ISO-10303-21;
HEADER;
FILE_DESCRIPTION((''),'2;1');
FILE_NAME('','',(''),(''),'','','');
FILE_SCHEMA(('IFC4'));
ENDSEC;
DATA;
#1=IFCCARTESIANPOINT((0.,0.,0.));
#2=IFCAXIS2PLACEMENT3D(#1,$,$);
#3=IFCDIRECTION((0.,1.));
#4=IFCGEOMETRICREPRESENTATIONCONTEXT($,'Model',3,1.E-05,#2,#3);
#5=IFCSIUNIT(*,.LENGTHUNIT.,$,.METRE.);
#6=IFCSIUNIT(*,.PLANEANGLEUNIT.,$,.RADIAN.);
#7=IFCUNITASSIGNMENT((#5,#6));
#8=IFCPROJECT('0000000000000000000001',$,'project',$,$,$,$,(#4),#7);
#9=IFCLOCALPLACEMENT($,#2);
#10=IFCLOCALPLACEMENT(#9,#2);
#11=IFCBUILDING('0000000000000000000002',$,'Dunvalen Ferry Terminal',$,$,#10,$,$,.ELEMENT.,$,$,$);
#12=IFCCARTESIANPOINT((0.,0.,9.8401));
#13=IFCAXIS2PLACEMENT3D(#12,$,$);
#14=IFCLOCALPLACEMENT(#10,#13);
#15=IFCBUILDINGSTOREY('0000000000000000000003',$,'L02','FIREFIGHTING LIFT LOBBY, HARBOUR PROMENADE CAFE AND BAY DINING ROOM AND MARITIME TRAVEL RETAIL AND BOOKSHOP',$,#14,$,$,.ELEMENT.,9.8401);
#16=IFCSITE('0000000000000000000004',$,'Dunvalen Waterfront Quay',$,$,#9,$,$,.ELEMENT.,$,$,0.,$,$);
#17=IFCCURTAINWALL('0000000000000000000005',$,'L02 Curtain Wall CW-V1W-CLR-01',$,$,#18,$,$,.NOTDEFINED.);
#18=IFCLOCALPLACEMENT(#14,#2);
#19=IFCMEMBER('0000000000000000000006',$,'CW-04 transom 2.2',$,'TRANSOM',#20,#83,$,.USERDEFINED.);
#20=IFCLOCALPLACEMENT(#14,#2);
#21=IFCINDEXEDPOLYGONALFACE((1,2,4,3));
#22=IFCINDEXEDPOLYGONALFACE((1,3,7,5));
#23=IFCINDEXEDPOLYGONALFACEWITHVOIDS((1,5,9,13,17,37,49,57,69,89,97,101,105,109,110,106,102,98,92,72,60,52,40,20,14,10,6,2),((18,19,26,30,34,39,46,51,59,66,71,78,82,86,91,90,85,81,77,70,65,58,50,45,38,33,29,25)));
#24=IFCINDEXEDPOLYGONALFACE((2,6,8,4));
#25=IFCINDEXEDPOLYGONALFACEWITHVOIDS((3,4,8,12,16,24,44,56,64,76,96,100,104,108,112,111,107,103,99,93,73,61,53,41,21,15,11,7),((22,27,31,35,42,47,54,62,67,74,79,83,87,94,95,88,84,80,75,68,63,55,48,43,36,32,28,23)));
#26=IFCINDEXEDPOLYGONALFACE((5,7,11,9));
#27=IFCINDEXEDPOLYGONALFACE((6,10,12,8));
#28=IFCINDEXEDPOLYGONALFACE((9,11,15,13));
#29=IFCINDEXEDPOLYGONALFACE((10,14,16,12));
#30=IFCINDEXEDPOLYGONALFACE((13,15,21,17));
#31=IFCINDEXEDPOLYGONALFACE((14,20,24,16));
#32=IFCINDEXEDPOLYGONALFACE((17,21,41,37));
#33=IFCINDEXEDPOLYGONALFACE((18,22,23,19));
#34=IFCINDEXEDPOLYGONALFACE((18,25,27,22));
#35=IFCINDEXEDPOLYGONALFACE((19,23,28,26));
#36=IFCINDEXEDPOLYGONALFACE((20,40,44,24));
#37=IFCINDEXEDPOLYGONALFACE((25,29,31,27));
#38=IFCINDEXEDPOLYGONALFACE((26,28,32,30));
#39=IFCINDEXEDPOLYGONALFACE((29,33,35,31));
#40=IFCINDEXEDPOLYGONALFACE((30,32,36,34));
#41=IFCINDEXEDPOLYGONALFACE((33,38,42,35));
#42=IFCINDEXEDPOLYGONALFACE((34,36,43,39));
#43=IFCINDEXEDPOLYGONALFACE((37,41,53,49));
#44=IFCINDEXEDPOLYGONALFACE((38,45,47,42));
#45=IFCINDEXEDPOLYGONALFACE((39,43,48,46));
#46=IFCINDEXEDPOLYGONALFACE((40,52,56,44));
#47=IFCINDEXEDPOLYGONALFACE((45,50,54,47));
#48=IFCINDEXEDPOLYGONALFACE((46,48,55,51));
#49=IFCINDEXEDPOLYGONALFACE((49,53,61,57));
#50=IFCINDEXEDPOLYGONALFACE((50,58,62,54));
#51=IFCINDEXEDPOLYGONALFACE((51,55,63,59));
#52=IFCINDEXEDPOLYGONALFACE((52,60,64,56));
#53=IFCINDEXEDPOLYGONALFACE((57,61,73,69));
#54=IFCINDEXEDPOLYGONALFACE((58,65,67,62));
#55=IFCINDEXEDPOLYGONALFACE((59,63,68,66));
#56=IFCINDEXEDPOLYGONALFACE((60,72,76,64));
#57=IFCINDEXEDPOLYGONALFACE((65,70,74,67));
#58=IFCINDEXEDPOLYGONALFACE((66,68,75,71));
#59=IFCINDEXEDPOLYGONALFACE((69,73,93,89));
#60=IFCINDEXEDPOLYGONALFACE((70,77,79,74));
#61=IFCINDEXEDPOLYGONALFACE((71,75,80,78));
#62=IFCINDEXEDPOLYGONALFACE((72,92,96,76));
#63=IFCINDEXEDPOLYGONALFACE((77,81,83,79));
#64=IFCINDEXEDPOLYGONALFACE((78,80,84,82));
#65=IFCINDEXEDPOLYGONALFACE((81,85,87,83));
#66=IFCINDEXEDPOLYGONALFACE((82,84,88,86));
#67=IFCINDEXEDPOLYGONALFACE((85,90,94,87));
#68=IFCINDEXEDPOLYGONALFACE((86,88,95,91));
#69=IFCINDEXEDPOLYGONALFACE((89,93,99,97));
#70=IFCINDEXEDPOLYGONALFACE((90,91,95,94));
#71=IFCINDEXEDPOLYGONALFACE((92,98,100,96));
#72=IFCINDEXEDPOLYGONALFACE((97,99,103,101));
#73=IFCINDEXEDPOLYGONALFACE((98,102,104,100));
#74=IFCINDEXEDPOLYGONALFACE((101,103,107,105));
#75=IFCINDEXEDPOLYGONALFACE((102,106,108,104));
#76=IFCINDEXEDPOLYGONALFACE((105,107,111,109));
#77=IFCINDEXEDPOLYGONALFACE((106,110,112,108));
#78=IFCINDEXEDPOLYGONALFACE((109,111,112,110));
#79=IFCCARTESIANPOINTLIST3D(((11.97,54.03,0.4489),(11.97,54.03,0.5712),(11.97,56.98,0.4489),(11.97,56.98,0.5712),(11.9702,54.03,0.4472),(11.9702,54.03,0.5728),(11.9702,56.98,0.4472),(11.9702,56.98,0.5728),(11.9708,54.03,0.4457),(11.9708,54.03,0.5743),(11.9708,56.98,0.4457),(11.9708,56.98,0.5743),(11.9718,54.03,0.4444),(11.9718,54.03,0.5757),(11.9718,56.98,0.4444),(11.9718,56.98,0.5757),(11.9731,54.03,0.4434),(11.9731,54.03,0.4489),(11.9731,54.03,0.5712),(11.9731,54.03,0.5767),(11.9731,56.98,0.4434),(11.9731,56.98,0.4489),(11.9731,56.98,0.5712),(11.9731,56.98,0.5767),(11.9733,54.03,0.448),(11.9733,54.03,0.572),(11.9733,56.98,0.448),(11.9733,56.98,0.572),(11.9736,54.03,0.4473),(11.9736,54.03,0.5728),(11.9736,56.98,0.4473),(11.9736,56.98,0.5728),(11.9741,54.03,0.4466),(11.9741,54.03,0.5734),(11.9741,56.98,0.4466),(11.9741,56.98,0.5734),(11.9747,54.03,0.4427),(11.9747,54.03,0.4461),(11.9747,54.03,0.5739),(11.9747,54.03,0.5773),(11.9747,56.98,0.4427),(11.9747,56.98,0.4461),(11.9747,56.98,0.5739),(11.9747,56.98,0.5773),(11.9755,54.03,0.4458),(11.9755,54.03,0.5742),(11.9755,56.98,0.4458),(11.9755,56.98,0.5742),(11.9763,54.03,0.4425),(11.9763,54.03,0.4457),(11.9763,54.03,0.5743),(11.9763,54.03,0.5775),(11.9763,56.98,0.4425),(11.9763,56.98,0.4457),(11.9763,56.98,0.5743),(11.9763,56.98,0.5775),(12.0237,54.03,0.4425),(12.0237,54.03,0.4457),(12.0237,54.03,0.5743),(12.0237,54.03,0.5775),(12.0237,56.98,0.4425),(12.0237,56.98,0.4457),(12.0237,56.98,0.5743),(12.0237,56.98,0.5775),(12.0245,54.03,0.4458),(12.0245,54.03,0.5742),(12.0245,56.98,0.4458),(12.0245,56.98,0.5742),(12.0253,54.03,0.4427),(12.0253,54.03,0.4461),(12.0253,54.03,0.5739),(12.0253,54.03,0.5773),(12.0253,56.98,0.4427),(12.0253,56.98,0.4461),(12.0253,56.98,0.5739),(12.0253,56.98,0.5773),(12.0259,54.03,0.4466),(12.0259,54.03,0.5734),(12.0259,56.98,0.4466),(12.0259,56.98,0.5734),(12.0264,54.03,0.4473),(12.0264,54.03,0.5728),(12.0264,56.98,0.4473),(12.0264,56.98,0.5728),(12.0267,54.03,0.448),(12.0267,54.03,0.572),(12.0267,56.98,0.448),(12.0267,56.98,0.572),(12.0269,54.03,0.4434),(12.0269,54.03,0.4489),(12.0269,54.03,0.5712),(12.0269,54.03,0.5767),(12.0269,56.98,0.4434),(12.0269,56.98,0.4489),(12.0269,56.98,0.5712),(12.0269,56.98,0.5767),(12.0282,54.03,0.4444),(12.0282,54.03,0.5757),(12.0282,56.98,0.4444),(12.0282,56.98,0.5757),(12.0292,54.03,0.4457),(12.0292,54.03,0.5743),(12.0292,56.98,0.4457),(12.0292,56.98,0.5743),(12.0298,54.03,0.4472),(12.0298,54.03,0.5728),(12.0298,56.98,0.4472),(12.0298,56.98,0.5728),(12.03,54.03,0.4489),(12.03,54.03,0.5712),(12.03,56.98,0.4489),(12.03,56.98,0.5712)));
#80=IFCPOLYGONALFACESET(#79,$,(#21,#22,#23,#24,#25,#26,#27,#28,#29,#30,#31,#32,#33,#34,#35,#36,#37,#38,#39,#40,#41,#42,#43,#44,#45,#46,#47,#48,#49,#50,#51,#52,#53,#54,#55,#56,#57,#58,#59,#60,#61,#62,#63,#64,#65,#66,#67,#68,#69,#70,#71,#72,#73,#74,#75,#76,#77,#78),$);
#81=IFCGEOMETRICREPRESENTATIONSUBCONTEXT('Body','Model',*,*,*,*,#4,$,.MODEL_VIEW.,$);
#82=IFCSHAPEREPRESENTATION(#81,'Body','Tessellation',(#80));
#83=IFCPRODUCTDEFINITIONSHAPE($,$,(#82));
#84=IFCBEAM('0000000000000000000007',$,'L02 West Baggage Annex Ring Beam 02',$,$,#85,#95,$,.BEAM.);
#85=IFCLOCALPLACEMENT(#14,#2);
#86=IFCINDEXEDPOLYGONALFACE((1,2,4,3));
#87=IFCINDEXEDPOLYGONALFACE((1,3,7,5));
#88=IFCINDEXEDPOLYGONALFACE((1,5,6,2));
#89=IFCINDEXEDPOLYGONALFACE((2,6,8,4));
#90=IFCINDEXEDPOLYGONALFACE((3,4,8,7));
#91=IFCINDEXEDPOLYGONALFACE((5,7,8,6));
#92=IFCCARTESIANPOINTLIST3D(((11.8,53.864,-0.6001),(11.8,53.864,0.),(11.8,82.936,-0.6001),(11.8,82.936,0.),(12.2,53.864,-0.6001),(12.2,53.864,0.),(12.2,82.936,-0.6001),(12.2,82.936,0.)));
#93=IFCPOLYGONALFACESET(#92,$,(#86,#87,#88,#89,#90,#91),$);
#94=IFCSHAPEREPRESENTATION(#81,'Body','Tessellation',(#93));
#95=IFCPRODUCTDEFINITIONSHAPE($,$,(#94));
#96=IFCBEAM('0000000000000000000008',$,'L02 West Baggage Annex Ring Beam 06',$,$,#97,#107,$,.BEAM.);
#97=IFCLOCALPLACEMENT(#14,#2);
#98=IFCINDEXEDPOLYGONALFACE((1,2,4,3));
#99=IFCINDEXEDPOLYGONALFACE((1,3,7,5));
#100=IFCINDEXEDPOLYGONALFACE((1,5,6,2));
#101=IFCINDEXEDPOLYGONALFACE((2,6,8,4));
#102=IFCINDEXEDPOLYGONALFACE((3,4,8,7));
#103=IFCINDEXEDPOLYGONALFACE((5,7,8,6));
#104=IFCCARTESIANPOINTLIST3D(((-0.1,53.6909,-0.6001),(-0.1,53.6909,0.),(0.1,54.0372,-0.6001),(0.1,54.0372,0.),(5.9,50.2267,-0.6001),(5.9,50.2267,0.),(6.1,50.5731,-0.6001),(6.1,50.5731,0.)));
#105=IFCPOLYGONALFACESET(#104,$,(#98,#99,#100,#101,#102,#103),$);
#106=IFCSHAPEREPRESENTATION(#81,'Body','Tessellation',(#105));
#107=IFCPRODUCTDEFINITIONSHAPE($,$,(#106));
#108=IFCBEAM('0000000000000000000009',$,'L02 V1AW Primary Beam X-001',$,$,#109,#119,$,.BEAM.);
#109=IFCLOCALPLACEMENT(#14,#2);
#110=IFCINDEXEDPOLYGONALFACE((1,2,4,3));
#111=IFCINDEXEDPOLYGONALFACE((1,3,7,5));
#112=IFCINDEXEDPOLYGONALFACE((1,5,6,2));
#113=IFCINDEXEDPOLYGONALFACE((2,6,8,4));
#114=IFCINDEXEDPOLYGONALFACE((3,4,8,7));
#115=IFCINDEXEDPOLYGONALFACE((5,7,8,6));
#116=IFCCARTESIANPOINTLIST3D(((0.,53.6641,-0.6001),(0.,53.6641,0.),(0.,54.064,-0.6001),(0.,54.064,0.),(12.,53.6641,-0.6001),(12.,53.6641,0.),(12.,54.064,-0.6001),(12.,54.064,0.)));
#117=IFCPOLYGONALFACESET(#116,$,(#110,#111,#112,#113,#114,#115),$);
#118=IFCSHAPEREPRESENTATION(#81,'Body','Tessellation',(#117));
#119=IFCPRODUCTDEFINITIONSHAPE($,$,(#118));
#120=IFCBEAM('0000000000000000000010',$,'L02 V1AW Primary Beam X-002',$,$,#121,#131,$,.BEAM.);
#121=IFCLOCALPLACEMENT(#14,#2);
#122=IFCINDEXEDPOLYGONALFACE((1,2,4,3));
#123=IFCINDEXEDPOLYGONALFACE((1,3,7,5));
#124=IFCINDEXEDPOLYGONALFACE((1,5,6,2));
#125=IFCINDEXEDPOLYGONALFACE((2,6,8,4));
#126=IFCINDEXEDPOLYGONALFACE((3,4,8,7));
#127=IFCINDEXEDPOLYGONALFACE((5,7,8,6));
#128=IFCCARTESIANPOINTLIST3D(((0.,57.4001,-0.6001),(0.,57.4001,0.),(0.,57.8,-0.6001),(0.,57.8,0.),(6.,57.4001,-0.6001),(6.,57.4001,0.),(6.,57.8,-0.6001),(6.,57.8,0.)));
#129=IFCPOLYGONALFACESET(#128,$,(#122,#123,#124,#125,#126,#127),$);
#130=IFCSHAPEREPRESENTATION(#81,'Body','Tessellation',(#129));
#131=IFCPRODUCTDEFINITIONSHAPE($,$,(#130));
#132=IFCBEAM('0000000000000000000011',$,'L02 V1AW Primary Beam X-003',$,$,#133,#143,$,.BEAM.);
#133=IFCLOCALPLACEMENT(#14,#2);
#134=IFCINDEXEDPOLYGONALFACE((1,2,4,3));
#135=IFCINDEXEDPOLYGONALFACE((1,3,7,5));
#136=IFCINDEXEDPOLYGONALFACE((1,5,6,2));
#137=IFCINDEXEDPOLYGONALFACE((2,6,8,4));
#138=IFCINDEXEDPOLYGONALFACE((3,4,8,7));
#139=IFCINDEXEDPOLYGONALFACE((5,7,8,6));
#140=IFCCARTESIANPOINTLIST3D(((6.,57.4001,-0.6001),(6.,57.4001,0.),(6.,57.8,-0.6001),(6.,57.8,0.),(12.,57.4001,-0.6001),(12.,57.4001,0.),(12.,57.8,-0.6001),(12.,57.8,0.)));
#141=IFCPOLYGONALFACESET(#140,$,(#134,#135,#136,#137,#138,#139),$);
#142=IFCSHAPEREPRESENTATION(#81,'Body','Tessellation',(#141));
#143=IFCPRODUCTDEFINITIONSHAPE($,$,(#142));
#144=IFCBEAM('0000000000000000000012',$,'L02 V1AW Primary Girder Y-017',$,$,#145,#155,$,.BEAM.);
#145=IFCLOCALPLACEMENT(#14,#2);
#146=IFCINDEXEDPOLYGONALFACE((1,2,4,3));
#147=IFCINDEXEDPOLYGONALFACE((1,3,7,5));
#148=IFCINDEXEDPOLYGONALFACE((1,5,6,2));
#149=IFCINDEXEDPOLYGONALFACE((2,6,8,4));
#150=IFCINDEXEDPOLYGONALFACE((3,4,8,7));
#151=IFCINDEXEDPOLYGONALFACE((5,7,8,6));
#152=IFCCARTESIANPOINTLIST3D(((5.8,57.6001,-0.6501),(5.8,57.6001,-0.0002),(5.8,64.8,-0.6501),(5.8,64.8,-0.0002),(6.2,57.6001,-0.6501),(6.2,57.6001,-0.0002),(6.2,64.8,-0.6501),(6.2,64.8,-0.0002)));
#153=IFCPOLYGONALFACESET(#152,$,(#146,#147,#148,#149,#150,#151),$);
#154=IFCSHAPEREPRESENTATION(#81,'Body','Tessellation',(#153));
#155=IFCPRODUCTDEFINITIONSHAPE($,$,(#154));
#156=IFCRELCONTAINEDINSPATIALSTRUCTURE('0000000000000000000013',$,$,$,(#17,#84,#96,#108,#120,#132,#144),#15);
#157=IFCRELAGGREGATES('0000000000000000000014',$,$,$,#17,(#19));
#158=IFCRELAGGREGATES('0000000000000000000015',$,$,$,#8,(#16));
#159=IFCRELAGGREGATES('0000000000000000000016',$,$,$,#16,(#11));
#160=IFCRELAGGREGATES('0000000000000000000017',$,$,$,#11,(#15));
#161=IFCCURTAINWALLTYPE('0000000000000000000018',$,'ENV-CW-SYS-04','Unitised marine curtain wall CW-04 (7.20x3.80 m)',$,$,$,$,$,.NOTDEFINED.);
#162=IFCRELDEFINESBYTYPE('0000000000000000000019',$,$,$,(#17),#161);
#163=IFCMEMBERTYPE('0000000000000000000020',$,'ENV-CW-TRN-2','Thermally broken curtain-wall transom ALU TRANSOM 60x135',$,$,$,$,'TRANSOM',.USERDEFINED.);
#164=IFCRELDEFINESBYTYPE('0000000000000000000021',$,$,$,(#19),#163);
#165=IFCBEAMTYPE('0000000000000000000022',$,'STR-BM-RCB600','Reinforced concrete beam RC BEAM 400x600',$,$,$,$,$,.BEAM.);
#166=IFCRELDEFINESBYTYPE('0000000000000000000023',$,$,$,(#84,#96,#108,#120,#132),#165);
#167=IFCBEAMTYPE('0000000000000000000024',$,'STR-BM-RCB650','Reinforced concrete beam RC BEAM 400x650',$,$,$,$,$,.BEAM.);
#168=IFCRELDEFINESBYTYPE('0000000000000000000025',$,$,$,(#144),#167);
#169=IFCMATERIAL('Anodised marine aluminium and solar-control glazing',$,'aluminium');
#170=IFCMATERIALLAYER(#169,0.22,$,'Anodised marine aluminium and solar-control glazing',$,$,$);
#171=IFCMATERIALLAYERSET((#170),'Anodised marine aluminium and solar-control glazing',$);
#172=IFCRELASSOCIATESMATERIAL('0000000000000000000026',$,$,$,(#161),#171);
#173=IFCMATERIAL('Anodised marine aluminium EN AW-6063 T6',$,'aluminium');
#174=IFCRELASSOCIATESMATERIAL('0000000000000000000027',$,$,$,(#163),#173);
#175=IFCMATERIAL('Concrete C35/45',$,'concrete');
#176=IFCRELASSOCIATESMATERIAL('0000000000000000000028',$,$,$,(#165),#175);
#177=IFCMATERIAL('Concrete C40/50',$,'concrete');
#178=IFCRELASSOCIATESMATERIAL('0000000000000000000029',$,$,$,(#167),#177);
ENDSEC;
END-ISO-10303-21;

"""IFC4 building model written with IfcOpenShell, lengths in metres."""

from ifc_helpers import new_model, si_unit, direction, frame, origin, origin_2d, place, context, subcontext, project, spatial, rectangle, hollow_rectangle, extrude, material, layer, layer_set, material_profile, profile_set, type_object, element, aggregate, save


model = new_model("IFC4")

# Units and contexts
model_context = context("Model", 3, precision=1e-05, world=origin(), true_north=direction((0.0, 1.0)))
body_context = subcontext(model_context, "Body", "Model", "MODEL_VIEW")
ifc_project = project(units=[si_unit("LENGTHUNIT", "METRE"), si_unit("PLANEANGLEUNIT", "RADIAN")], contexts=[model_context])

# Site, building, storey
site_placement = place(None, origin())
site = spatial("IfcSite", under=ifc_project, at=site_placement, Name="Dunvalen Waterfront Quay", CompositionType="ELEMENT", RefElevation=0.0)
building_placement = place(site_placement, origin())
building = spatial("IfcBuilding", under=site, at=building_placement, Name="Dunvalen Ferry Terminal", CompositionType="ELEMENT")
storey_placement = place(building_placement, frame((0.0, 0.0, 9.8401)))
storey = spatial("IfcBuildingStorey", under=building, at=storey_placement, Name="L02", Description="FIREFIGHTING LIFT LOBBY, HARBOUR PROMENADE CAFE AND BAY DINING ROOM AND MARITIME TRAVEL RETAIL AND BOOKSHOP", CompositionType="ELEMENT", Elevation=9.8401)

# Curtain wall, member
ifc_material_1 = material(Name="Anodised marine aluminium and solar-control glazing", Category="aluminium")
ifc_layer_1 = layer(ifc_material_1, 0.22, Name="Anodised marine aluminium and solar-control glazing")
ifc_layer_set_1 = layer_set([ifc_layer_1], Name="Anodised marine aluminium and solar-control glazing")
curtain_wall_type = type_object("IfcCurtainWallType", Name="ENV-CW-SYS-04", Description="Unitised marine curtain wall CW-04 (7.20x3.80 m)", PredefinedType="NOTDEFINED", material=ifc_layer_set_1)
curtain_wall_placement = place(storey_placement, origin())
curtain_wall = element("IfcCurtainWall", 1, at=curtain_wall_placement, inside=storey, type_object=curtain_wall_type, Name="L02 Curtain Wall CW-V1W-CLR-01", PredefinedType="NOTDEFINED")
ifc_material_2 = material(Name="Anodised marine aluminium EN AW-6063 T6", Category="aluminium")
ifc_material_profile_1 = material_profile(ifc_material_2, hollow_rectangle(XDim=0.0601, YDim=0.135, WallThickness=0.0032, InnerFilletRadius=0.0032, OuterFilletRadius=0.0063, at=origin_2d()), Name="Anodised marine aluminium EN AW-6063 T6")
ifc_profile_set_1 = profile_set([ifc_material_profile_1], Name="Anodised marine aluminium EN AW-6063 T6")
member_type_1 = type_object("IfcMemberType", Name="ENV-CW-TRN-2", Description="Thermally broken curtain-wall transom ALU TRANSOM 60x135", ElementType="TRANSOM", PredefinedType="USERDEFINED", material=ifc_profile_set_1)
member_1_placement = place(storey_placement, frame((12.0, 54.03, 0.51), z_axis=(0.0, 1.0, 0.0), x_axis=(-1.0, 0.0, 0.0)))
member_1 = element("IfcMember", 2, at=member_1_placement, type_object=member_type_1, Name="CW-04 transom 2.2", ObjectType="TRANSOM", PredefinedType="USERDEFINED", context=body_context, shape_type="SweptSolid", body=[
    extrude(hollow_rectangle(XDim=0.0601, YDim=0.135, WallThickness=0.0032, InnerFilletRadius=0.0032, OuterFilletRadius=0.0063, at=origin_2d()), origin(), (0.0, 0.0, 1.0), 2.95),
])

# Beams
ifc_material_3 = material(Name="Concrete C35/45", Category="concrete")
ifc_material_profile_2 = material_profile(ifc_material_3, rectangle(XDim=0.3999, YDim=0.6001, at=origin_2d()), Name="Concrete C35/45")
ifc_profile_set_2 = profile_set([ifc_material_profile_2], Name="Concrete C35/45")
beam_type_1 = type_object("IfcBeamType", Name="STR-BM-RCB600", Description="Reinforced concrete beam RC BEAM 400x600", PredefinedType="BEAM", material=ifc_profile_set_2)
beam_1_placement = place(storey_placement, frame((12.0, 53.864, -0.3), z_axis=(0.0, 1.0, 0.0), x_axis=(-1.0, 0.0, 0.0)))
element("IfcBeam", 3, at=beam_1_placement, inside=storey, type_object=beam_type_1, Name="L02 West Baggage Annex Ring Beam 02", PredefinedType="BEAM", context=body_context, shape_type="SweptSolid", body=[
    extrude(rectangle(XDim=0.3999, YDim=0.6001, at=origin_2d()), origin(), (0.0, 0.0, 1.0), 29.072),
])
beam_2_placement = place(storey_placement, frame((0.0, 53.864, -0.3), z_axis=(0.866025, -0.500001, 0.0), x_axis=(0.500001, 0.866025, 0.0)))
element("IfcBeam", 4, at=beam_2_placement, inside=storey, type_object=beam_type_1, Name="L02 West Baggage Annex Ring Beam 06", PredefinedType="BEAM", context=body_context, shape_type="SweptSolid", body=[
    extrude(rectangle(XDim=0.3999, YDim=0.6001, at=origin_2d()), origin(), (0.0, 0.0, 1.0), 6.9282),
])
beam_3_placement = place(storey_placement, frame((0.0, 53.864, -0.3), z_axis=(1.0, 0.0, 0.0), x_axis=(0.0, 1.0, 0.0)))
element("IfcBeam", 5, at=beam_3_placement, inside=storey, type_object=beam_type_1, Name="L02 V1AW Primary Beam X-001", PredefinedType="BEAM", context=body_context, shape_type="SweptSolid", body=[
    extrude(rectangle(XDim=0.3999, YDim=0.6001, at=origin_2d()), origin(), (0.0, 0.0, 1.0), 12.0),
])
for number, where, z_axis, x_axis, name in (
    (6, (0.0, 57.6001, -0.3), (1.0, 0.0, 0.0), (0.0, 1.0, 0.0), "L02 V1AW Primary Beam X-002"),
    (7, (6.0, 57.6001, -0.3), (1.0, 0.0, 0.0), (0.0, 1.0, 0.0), "L02 V1AW Primary Beam X-003"),
):
    element("IfcBeam", number, at=place(storey_placement, frame(where, z_axis=z_axis, x_axis=x_axis)), inside=storey, type_object=beam_type_1, Name=name, PredefinedType="BEAM", context=body_context, shape_type="SweptSolid", body=[
        extrude(rectangle(XDim=0.3999, YDim=0.6001, at=origin_2d()), origin(), (0.0, 0.0, 1.0), 6.0),
    ])
ifc_material_4 = material(Name="Concrete C40/50", Category="concrete")
ifc_material_profile_3 = material_profile(ifc_material_4, rectangle(XDim=0.3999, YDim=0.6499, at=origin_2d()), Name="Concrete C40/50")
ifc_profile_set_3 = profile_set([ifc_material_profile_3], Name="Concrete C40/50")
beam_type_2 = type_object("IfcBeamType", Name="STR-BM-RCB650", Description="Reinforced concrete beam RC BEAM 400x650", PredefinedType="BEAM", material=ifc_profile_set_3)
beam_4_placement = place(storey_placement, frame((6.0, 57.6001, -0.3252), z_axis=(0.0, 1.0, 0.0), x_axis=(-1.0, 0.0, 0.0)))
element("IfcBeam", 8, at=beam_4_placement, inside=storey, type_object=beam_type_2, Name="L02 V1AW Primary Girder Y-017", PredefinedType="BEAM", context=body_context, shape_type="SweptSolid", body=[
    extrude(rectangle(XDim=0.3999, YDim=0.6499, at=origin_2d()), origin(), (0.0, 0.0, 1.0), 7.2),
])

aggregate(curtain_wall, [member_1])

save(model, "model.ifc")
